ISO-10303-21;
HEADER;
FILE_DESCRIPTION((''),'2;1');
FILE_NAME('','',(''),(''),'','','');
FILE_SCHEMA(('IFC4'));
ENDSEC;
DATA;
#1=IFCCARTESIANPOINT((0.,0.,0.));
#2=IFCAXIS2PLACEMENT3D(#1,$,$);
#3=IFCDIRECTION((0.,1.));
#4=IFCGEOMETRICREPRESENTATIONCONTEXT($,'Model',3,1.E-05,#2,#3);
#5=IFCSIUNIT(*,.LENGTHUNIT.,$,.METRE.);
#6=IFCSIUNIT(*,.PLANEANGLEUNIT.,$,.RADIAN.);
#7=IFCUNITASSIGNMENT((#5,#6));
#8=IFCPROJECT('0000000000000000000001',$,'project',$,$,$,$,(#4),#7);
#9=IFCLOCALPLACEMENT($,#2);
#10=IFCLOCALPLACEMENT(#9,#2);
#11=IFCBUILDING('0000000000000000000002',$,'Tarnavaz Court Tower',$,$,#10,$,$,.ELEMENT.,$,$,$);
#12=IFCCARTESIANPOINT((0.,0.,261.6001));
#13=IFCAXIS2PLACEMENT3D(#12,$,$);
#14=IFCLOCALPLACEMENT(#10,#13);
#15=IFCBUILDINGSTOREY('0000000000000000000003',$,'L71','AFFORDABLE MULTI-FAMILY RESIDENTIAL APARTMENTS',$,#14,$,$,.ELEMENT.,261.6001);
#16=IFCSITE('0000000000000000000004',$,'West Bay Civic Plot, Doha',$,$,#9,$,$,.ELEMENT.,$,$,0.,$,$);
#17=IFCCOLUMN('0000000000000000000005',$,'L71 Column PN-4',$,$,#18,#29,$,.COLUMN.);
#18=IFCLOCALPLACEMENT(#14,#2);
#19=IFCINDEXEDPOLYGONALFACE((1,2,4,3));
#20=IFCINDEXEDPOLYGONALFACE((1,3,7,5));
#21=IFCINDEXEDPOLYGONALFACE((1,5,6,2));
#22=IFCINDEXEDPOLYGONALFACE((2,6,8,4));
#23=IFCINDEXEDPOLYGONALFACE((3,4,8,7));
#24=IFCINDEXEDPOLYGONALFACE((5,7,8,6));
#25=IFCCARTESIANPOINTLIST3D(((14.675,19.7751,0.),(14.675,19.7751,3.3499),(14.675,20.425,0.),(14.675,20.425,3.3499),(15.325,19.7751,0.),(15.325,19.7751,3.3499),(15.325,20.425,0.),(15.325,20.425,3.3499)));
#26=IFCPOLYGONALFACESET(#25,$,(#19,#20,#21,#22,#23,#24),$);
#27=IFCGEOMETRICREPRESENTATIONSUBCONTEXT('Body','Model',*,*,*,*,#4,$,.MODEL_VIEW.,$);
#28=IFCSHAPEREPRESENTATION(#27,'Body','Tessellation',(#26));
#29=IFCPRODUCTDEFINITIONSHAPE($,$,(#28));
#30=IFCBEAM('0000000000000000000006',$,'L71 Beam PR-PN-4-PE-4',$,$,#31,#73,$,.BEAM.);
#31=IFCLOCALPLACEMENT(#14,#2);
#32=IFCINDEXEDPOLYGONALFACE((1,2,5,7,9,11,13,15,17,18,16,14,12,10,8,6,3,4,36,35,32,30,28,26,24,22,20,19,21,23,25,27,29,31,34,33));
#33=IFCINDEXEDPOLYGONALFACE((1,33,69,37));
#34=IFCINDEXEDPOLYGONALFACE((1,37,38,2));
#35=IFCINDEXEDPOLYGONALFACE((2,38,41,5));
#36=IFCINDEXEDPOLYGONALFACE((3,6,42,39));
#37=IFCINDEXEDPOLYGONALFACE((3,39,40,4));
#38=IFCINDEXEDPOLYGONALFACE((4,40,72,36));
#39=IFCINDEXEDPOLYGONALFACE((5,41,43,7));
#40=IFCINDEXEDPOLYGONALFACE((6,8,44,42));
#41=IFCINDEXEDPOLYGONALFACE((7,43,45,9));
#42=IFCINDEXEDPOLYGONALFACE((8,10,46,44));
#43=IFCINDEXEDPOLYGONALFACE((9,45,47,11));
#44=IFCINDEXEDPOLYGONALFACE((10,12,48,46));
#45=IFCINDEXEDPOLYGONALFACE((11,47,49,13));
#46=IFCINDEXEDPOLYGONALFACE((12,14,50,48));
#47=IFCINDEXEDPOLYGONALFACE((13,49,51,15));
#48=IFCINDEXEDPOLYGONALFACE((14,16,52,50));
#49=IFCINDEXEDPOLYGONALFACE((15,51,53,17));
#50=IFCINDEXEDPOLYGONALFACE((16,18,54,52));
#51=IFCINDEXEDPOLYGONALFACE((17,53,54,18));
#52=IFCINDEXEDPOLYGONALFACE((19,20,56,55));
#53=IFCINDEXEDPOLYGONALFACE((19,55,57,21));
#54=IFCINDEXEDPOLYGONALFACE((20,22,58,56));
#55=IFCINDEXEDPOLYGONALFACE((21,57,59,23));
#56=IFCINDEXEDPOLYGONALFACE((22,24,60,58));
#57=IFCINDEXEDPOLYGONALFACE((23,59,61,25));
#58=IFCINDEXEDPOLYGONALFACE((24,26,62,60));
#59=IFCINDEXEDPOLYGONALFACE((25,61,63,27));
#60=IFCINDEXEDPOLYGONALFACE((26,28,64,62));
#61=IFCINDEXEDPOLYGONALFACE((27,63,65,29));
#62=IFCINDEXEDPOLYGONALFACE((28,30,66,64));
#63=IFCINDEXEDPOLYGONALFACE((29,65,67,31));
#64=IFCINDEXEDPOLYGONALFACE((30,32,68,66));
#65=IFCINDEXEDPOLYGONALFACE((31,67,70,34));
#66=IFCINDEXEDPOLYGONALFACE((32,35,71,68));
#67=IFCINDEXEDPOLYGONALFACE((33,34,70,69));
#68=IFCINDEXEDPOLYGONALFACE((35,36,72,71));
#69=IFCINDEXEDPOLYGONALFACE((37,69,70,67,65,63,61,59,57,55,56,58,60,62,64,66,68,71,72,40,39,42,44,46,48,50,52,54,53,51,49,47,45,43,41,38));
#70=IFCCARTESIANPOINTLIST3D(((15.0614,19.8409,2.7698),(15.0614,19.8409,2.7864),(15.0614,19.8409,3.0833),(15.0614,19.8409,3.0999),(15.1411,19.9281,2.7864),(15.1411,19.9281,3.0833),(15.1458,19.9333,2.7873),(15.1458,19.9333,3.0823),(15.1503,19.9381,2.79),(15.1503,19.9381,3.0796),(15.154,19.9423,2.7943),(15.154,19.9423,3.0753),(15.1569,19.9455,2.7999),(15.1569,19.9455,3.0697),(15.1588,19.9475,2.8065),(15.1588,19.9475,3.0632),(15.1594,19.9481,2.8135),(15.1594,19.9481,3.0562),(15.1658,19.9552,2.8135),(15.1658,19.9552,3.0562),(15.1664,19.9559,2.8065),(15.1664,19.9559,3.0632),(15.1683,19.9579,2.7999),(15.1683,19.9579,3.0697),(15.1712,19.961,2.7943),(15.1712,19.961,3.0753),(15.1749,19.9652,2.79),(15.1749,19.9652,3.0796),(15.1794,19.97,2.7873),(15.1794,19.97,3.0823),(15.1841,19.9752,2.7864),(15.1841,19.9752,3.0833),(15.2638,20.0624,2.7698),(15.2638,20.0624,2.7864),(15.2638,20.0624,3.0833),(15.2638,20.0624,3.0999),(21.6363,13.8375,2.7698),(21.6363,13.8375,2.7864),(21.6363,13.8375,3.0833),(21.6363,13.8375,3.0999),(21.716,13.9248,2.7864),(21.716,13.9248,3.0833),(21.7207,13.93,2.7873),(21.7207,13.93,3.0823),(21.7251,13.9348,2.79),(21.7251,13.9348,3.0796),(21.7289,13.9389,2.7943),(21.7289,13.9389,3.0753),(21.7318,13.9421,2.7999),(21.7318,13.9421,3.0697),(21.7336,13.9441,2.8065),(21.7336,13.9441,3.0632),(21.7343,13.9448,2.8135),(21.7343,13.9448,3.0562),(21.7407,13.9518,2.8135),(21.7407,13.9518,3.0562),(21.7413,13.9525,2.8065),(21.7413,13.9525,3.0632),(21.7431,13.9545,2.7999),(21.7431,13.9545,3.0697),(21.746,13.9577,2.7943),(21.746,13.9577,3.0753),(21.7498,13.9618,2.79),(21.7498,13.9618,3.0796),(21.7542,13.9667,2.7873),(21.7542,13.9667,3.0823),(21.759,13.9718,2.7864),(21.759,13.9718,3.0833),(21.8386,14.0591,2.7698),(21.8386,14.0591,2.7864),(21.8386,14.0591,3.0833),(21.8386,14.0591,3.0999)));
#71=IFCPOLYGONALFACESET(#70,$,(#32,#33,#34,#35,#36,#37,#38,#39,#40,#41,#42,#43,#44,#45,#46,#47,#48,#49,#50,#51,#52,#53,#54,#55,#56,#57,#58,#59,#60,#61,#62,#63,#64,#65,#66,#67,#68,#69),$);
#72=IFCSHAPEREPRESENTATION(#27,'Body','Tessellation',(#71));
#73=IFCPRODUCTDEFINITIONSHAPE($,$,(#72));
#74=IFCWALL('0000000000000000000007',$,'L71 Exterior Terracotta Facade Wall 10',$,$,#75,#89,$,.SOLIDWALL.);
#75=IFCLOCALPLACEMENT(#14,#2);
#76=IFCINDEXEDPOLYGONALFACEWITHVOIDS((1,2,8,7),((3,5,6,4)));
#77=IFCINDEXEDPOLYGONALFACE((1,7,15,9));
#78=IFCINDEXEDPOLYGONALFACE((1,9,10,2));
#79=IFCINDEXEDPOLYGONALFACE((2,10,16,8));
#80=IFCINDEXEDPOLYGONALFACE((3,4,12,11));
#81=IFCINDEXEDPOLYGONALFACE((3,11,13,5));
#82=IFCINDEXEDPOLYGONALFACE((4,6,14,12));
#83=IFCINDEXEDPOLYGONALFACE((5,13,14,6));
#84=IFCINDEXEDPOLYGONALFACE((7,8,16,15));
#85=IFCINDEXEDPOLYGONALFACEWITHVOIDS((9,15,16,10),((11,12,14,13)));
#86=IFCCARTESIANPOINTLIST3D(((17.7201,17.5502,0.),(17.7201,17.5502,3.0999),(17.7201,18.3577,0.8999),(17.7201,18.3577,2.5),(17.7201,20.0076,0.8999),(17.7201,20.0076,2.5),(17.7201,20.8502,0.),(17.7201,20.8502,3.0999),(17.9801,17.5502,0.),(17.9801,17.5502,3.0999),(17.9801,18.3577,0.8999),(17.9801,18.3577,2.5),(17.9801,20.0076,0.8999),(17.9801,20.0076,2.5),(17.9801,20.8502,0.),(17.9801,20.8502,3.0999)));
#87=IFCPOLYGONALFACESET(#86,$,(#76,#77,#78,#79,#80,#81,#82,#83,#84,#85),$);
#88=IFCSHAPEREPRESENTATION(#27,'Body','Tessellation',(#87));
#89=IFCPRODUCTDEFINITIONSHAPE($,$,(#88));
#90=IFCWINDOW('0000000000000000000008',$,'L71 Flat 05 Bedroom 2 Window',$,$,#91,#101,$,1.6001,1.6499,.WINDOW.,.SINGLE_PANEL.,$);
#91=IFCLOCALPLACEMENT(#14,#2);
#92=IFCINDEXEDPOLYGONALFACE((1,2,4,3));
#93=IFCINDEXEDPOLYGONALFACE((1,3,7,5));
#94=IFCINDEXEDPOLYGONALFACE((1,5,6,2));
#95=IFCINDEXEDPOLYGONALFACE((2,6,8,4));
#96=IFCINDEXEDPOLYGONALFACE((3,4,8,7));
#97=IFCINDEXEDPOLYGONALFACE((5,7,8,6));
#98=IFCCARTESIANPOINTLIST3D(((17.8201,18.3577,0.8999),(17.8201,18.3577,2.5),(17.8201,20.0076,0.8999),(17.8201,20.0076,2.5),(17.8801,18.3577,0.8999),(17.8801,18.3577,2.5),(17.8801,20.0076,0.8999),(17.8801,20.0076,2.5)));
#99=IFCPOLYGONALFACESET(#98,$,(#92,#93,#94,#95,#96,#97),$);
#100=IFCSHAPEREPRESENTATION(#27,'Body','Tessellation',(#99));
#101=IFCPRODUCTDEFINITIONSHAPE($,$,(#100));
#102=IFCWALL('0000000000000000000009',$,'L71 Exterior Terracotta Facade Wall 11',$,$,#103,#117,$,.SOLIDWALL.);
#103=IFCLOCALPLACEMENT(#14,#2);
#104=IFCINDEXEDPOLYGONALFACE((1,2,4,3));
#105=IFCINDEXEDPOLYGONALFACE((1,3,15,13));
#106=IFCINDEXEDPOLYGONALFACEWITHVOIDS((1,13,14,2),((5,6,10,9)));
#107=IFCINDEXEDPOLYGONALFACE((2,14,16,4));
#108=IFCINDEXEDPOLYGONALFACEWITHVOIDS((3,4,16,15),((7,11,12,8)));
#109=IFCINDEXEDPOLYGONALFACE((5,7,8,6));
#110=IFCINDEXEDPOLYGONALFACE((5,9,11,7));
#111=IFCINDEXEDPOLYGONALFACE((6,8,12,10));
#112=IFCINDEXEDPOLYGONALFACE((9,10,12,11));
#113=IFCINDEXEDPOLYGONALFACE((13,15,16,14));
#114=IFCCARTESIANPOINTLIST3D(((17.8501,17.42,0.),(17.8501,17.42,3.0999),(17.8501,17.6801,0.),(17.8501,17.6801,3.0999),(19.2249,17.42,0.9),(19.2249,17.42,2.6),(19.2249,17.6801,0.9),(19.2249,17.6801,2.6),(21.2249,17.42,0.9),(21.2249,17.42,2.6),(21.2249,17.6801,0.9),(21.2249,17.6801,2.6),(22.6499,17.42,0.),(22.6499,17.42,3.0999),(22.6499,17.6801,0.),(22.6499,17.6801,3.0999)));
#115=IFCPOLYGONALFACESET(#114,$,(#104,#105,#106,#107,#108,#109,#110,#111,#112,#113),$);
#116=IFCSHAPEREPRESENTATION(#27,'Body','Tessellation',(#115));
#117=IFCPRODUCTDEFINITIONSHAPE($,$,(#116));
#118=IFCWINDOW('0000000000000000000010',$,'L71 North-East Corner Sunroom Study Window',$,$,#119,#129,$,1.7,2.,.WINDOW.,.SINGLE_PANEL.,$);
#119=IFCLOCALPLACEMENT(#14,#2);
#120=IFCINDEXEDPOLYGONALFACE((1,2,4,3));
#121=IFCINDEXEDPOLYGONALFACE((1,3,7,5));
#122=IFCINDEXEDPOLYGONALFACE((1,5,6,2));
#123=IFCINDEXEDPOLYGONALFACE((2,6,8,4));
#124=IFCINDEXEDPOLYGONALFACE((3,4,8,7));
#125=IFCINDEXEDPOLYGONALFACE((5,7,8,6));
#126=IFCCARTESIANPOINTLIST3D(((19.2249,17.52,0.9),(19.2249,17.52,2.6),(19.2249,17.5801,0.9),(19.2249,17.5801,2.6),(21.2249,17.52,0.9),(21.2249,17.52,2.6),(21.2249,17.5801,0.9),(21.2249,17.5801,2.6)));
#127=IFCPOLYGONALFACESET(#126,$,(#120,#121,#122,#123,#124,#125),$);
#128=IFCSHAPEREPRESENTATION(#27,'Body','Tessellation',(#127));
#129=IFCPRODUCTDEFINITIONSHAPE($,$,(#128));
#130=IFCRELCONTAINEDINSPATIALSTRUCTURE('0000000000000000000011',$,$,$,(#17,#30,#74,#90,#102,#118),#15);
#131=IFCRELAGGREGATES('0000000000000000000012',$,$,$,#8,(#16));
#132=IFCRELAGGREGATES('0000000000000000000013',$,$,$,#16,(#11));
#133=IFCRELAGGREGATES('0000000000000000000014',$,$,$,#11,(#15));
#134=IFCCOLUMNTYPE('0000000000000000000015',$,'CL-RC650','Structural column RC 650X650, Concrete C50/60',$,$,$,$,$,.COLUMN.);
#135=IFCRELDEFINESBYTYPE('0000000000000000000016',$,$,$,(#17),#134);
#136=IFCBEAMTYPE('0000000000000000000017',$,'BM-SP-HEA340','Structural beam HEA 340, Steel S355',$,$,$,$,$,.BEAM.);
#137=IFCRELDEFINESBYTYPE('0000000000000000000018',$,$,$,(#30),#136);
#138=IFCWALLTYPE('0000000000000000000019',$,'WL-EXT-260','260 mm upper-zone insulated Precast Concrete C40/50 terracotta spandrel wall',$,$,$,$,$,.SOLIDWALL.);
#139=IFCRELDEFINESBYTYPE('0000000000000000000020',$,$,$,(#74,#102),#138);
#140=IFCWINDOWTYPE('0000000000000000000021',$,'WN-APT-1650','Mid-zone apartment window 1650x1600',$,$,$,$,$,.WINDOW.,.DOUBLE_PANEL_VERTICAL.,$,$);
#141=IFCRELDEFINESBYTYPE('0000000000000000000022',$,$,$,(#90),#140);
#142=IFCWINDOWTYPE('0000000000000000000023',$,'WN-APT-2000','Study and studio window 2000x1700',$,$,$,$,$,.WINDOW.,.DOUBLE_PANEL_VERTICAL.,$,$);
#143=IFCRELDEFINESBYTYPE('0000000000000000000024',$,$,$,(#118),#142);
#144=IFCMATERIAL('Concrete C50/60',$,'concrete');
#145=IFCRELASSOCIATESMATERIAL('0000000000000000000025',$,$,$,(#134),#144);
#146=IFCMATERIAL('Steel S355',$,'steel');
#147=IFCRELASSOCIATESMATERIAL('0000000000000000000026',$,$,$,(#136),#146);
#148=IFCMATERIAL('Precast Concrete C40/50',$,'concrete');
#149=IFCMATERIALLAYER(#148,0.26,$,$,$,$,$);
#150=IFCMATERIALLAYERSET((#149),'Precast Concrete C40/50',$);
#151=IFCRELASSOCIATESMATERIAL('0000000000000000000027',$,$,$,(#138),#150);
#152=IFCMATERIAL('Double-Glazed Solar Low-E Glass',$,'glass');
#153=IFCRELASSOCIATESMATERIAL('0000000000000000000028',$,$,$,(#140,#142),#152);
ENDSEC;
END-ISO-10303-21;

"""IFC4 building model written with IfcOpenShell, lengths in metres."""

from ifc_helpers import new_model, si_unit, direction, frame, frame_2d, origin, origin_2d, place, context, subcontext, project, spatial, rectangle, i_section, extrude, material, layer, layer_set, material_profile, profile_set, type_object, element, fill, save


model = new_model("IFC4")

# Units and contexts
model_context = context("Model", 3, precision=1e-05, world=origin(), true_north=direction((0.0, 1.0)))
body_context = subcontext(model_context, "Body", "Model", "MODEL_VIEW")
ifc_project = project(units=[si_unit("LENGTHUNIT", "METRE"), si_unit("PLANEANGLEUNIT", "RADIAN")], contexts=[model_context])

# Site, building, storey
site_placement = place(None, origin())
site = spatial("IfcSite", under=ifc_project, at=site_placement, Name="West Bay Civic Plot, Doha", CompositionType="ELEMENT", RefElevation=0.0)
building_placement = place(site_placement, origin())
building = spatial("IfcBuilding", under=site, at=building_placement, Name="Tarnavaz Court Tower", CompositionType="ELEMENT")
storey_placement = place(building_placement, frame((0.0, 0.0, 261.6001)))
storey = spatial("IfcBuildingStorey", under=building, at=storey_placement, Name="L71", Description="AFFORDABLE MULTI-FAMILY RESIDENTIAL APARTMENTS", CompositionType="ELEMENT", Elevation=261.6001)

# Column
ifc_material_1 = material(Name="Concrete C50/60", Category="concrete")
ifc_material_profile_1 = material_profile(ifc_material_1, rectangle(XDim=0.6499, YDim=0.6499, at=origin_2d()), Name="RC 650X650")
ifc_profile_set_1 = profile_set([ifc_material_profile_1], Name="Concrete C50/60")
column_type = type_object("IfcColumnType", Name="CL-RC650", Description="Structural column RC 650X650, Concrete C50/60", PredefinedType="COLUMN", material=ifc_profile_set_1)
column_placement = place(storey_placement, frame((15.0, 20.1001, 0.0), z_axis=(0.0, 0.0, 1.0), x_axis=(1.0, 0.0, 0.0)))
element("IfcColumn", 1, at=column_placement, inside=storey, type_object=column_type, Name="L71 Column PN-4", PredefinedType="COLUMN", context=body_context, shape_type="SweptSolid", body=[
    extrude(rectangle(XDim=0.6499, YDim=0.6499, at=origin_2d()), origin(), (0.0, 0.0, 1.0), 3.3499),
])

# Beam
ifc_material_2 = material(Name="Steel S355", Category="steel")
ifc_material_profile_2 = material_profile(ifc_material_2, i_section(OverallWidth=0.3, OverallDepth=0.3301, WebThickness=0.0095, FlangeThickness=0.0166, FilletRadius=0.0271, at=origin_2d()), Name="HEA 340")
ifc_profile_set_2 = profile_set([ifc_material_profile_2], Name="Steel S355")
beam_type = type_object("IfcBeamType", Name="BM-SP-HEA340", Description="Structural beam HEA 340, Steel S355", PredefinedType="BEAM", material=ifc_profile_set_2)
beam_placement = place(storey_placement, frame((15.1626, 19.9517, 2.9348), z_axis=(0.738474, -0.674282, 0.0), x_axis=(0.674282, 0.738474, 0.0)))
element("IfcBeam", 2, at=beam_placement, inside=storey, type_object=beam_type, Name="L71 Beam PR-PN-4-PE-4", PredefinedType="BEAM", context=body_context, shape_type="SweptSolid", body=[
    extrude(i_section(OverallWidth=0.3, OverallDepth=0.3301, WebThickness=0.0095, FlangeThickness=0.0166, FilletRadius=0.0271, at=origin_2d()), origin(), (0.0, 0.0, 1.0), 8.9033),
])

# Walls, openings, windows
ifc_material_3 = material(Name="Precast Concrete C40/50", Category="concrete")
ifc_layer_1 = layer(ifc_material_3, 0.26)
ifc_layer_set_1 = layer_set([ifc_layer_1], Name="Precast Concrete C40/50")
wall_type_1 = type_object("IfcWallType", Name="WL-EXT-260", Description="260 mm upper-zone insulated Precast Concrete C40/50 terracotta spandrel wall", PredefinedType="SOLIDWALL", material=ifc_layer_set_1)
wall_1_placement = place(storey_placement, frame((17.8501, 20.8501, 0.0), z_axis=(0.0, 0.0, 1.0), x_axis=(0.0, -1.0, 0.0)))
wall_1 = element("IfcWall", 3, at=wall_1_placement, inside=storey, type_object=wall_type_1, Name="L71 Exterior Terracotta Facade Wall 10", PredefinedType="SOLIDWALL", context=body_context, shape_type="SweptSolid", body=[
    extrude(rectangle(XDim=3.3, YDim=0.26, at=frame_2d((1.6499, 0.0))), origin(), (0.0, 0.0, 1.0), 3.0999),
])
opening_1_placement = place(wall_1_placement, frame((0.8425, 0.0, 0.8999)))
opening_1 = element("IfcOpeningElement", 4, at=opening_1_placement, cuts=wall_1, PredefinedType="OPENING", context=body_context, shape_type="SweptSolid", body=[
    extrude(rectangle(XDim=1.6499, YDim=1.6001, at=frame_2d((0.825, 0.8))), frame((0.0, 0.1399, 0.0), z_axis=(0.0, -1.0, 0.0), x_axis=(1.0, 0.0, 0.0)), (0.0, 0.0, 1.0), 0.28),
])
ifc_material_4 = material(Name="Double-Glazed Solar Low-E Glass", Category="glass")
window_type_1 = type_object("IfcWindowType", Name="WN-APT-1650", Description="Mid-zone apartment window 1650x1600", PartitioningType="DOUBLE_PANEL_VERTICAL", PredefinedType="WINDOW", material=ifc_material_4)
window_1_placement = place(opening_1_placement, origin())
window_1 = element("IfcWindow", 5, at=window_1_placement, inside=storey, type_object=window_type_1, Name="L71 Flat 05 Bedroom 2 Window", OverallHeight=1.6001, OverallWidth=1.6499, PartitioningType="SINGLE_PANEL", PredefinedType="WINDOW", context=body_context, shape_type="SweptSolid", body=[
    extrude(rectangle(XDim=1.6499, YDim=1.6001, at=frame_2d((0.825, 0.8))), frame((0.0, 0.03, 0.0), z_axis=(0.0, -1.0, 0.0), x_axis=(1.0, 0.0, 0.0)), (0.0, 0.0, 1.0), 0.0601),
])
fill(opening_1, window_1)
wall_2_placement = place(storey_placement, frame((17.8501, 17.55, 0.0), z_axis=(0.0, 0.0, 1.0), x_axis=(1.0, 0.0, 0.0)))
wall_2 = element("IfcWall", 6, at=wall_2_placement, inside=storey, type_object=wall_type_1, Name="L71 Exterior Terracotta Facade Wall 11", PredefinedType="SOLIDWALL", context=body_context, shape_type="SweptSolid", body=[
    extrude(rectangle(XDim=4.7998, YDim=0.26, at=frame_2d((2.3999, 0.0))), origin(), (0.0, 0.0, 1.0), 3.0999),
])
opening_2_placement = place(wall_2_placement, frame((1.3748, 0.0, 0.8999)))
opening_2 = element("IfcOpeningElement", 7, at=opening_2_placement, cuts=wall_2, PredefinedType="OPENING", context=body_context, shape_type="SweptSolid", body=[
    extrude(rectangle(XDim=2.0, YDim=1.7, at=frame_2d((1.0, 0.8501))), frame((0.0, 0.1399, 0.0), z_axis=(0.0, -1.0, 0.0), x_axis=(1.0, 0.0, 0.0)), (0.0, 0.0, 1.0), 0.28),
])
window_type_2 = type_object("IfcWindowType", Name="WN-APT-2000", Description="Study and studio window 2000x1700", PartitioningType="DOUBLE_PANEL_VERTICAL", PredefinedType="WINDOW", material=ifc_material_4)
window_2_placement = place(opening_2_placement, origin())
window_2 = element("IfcWindow", 8, at=window_2_placement, inside=storey, type_object=window_type_2, Name="L71 North-East Corner Sunroom Study Window", OverallHeight=1.7, OverallWidth=2.0, PartitioningType="SINGLE_PANEL", PredefinedType="WINDOW", context=body_context, shape_type="SweptSolid", body=[
    extrude(rectangle(XDim=2.0, YDim=1.7, at=frame_2d((1.0, 0.8501))), frame((0.0, 0.03, 0.0), z_axis=(0.0, -1.0, 0.0), x_axis=(1.0, 0.0, 0.0)), (0.0, 0.0, 1.0), 0.0601),
])
fill(opening_2, window_2)

save(model, "model.ifc")
